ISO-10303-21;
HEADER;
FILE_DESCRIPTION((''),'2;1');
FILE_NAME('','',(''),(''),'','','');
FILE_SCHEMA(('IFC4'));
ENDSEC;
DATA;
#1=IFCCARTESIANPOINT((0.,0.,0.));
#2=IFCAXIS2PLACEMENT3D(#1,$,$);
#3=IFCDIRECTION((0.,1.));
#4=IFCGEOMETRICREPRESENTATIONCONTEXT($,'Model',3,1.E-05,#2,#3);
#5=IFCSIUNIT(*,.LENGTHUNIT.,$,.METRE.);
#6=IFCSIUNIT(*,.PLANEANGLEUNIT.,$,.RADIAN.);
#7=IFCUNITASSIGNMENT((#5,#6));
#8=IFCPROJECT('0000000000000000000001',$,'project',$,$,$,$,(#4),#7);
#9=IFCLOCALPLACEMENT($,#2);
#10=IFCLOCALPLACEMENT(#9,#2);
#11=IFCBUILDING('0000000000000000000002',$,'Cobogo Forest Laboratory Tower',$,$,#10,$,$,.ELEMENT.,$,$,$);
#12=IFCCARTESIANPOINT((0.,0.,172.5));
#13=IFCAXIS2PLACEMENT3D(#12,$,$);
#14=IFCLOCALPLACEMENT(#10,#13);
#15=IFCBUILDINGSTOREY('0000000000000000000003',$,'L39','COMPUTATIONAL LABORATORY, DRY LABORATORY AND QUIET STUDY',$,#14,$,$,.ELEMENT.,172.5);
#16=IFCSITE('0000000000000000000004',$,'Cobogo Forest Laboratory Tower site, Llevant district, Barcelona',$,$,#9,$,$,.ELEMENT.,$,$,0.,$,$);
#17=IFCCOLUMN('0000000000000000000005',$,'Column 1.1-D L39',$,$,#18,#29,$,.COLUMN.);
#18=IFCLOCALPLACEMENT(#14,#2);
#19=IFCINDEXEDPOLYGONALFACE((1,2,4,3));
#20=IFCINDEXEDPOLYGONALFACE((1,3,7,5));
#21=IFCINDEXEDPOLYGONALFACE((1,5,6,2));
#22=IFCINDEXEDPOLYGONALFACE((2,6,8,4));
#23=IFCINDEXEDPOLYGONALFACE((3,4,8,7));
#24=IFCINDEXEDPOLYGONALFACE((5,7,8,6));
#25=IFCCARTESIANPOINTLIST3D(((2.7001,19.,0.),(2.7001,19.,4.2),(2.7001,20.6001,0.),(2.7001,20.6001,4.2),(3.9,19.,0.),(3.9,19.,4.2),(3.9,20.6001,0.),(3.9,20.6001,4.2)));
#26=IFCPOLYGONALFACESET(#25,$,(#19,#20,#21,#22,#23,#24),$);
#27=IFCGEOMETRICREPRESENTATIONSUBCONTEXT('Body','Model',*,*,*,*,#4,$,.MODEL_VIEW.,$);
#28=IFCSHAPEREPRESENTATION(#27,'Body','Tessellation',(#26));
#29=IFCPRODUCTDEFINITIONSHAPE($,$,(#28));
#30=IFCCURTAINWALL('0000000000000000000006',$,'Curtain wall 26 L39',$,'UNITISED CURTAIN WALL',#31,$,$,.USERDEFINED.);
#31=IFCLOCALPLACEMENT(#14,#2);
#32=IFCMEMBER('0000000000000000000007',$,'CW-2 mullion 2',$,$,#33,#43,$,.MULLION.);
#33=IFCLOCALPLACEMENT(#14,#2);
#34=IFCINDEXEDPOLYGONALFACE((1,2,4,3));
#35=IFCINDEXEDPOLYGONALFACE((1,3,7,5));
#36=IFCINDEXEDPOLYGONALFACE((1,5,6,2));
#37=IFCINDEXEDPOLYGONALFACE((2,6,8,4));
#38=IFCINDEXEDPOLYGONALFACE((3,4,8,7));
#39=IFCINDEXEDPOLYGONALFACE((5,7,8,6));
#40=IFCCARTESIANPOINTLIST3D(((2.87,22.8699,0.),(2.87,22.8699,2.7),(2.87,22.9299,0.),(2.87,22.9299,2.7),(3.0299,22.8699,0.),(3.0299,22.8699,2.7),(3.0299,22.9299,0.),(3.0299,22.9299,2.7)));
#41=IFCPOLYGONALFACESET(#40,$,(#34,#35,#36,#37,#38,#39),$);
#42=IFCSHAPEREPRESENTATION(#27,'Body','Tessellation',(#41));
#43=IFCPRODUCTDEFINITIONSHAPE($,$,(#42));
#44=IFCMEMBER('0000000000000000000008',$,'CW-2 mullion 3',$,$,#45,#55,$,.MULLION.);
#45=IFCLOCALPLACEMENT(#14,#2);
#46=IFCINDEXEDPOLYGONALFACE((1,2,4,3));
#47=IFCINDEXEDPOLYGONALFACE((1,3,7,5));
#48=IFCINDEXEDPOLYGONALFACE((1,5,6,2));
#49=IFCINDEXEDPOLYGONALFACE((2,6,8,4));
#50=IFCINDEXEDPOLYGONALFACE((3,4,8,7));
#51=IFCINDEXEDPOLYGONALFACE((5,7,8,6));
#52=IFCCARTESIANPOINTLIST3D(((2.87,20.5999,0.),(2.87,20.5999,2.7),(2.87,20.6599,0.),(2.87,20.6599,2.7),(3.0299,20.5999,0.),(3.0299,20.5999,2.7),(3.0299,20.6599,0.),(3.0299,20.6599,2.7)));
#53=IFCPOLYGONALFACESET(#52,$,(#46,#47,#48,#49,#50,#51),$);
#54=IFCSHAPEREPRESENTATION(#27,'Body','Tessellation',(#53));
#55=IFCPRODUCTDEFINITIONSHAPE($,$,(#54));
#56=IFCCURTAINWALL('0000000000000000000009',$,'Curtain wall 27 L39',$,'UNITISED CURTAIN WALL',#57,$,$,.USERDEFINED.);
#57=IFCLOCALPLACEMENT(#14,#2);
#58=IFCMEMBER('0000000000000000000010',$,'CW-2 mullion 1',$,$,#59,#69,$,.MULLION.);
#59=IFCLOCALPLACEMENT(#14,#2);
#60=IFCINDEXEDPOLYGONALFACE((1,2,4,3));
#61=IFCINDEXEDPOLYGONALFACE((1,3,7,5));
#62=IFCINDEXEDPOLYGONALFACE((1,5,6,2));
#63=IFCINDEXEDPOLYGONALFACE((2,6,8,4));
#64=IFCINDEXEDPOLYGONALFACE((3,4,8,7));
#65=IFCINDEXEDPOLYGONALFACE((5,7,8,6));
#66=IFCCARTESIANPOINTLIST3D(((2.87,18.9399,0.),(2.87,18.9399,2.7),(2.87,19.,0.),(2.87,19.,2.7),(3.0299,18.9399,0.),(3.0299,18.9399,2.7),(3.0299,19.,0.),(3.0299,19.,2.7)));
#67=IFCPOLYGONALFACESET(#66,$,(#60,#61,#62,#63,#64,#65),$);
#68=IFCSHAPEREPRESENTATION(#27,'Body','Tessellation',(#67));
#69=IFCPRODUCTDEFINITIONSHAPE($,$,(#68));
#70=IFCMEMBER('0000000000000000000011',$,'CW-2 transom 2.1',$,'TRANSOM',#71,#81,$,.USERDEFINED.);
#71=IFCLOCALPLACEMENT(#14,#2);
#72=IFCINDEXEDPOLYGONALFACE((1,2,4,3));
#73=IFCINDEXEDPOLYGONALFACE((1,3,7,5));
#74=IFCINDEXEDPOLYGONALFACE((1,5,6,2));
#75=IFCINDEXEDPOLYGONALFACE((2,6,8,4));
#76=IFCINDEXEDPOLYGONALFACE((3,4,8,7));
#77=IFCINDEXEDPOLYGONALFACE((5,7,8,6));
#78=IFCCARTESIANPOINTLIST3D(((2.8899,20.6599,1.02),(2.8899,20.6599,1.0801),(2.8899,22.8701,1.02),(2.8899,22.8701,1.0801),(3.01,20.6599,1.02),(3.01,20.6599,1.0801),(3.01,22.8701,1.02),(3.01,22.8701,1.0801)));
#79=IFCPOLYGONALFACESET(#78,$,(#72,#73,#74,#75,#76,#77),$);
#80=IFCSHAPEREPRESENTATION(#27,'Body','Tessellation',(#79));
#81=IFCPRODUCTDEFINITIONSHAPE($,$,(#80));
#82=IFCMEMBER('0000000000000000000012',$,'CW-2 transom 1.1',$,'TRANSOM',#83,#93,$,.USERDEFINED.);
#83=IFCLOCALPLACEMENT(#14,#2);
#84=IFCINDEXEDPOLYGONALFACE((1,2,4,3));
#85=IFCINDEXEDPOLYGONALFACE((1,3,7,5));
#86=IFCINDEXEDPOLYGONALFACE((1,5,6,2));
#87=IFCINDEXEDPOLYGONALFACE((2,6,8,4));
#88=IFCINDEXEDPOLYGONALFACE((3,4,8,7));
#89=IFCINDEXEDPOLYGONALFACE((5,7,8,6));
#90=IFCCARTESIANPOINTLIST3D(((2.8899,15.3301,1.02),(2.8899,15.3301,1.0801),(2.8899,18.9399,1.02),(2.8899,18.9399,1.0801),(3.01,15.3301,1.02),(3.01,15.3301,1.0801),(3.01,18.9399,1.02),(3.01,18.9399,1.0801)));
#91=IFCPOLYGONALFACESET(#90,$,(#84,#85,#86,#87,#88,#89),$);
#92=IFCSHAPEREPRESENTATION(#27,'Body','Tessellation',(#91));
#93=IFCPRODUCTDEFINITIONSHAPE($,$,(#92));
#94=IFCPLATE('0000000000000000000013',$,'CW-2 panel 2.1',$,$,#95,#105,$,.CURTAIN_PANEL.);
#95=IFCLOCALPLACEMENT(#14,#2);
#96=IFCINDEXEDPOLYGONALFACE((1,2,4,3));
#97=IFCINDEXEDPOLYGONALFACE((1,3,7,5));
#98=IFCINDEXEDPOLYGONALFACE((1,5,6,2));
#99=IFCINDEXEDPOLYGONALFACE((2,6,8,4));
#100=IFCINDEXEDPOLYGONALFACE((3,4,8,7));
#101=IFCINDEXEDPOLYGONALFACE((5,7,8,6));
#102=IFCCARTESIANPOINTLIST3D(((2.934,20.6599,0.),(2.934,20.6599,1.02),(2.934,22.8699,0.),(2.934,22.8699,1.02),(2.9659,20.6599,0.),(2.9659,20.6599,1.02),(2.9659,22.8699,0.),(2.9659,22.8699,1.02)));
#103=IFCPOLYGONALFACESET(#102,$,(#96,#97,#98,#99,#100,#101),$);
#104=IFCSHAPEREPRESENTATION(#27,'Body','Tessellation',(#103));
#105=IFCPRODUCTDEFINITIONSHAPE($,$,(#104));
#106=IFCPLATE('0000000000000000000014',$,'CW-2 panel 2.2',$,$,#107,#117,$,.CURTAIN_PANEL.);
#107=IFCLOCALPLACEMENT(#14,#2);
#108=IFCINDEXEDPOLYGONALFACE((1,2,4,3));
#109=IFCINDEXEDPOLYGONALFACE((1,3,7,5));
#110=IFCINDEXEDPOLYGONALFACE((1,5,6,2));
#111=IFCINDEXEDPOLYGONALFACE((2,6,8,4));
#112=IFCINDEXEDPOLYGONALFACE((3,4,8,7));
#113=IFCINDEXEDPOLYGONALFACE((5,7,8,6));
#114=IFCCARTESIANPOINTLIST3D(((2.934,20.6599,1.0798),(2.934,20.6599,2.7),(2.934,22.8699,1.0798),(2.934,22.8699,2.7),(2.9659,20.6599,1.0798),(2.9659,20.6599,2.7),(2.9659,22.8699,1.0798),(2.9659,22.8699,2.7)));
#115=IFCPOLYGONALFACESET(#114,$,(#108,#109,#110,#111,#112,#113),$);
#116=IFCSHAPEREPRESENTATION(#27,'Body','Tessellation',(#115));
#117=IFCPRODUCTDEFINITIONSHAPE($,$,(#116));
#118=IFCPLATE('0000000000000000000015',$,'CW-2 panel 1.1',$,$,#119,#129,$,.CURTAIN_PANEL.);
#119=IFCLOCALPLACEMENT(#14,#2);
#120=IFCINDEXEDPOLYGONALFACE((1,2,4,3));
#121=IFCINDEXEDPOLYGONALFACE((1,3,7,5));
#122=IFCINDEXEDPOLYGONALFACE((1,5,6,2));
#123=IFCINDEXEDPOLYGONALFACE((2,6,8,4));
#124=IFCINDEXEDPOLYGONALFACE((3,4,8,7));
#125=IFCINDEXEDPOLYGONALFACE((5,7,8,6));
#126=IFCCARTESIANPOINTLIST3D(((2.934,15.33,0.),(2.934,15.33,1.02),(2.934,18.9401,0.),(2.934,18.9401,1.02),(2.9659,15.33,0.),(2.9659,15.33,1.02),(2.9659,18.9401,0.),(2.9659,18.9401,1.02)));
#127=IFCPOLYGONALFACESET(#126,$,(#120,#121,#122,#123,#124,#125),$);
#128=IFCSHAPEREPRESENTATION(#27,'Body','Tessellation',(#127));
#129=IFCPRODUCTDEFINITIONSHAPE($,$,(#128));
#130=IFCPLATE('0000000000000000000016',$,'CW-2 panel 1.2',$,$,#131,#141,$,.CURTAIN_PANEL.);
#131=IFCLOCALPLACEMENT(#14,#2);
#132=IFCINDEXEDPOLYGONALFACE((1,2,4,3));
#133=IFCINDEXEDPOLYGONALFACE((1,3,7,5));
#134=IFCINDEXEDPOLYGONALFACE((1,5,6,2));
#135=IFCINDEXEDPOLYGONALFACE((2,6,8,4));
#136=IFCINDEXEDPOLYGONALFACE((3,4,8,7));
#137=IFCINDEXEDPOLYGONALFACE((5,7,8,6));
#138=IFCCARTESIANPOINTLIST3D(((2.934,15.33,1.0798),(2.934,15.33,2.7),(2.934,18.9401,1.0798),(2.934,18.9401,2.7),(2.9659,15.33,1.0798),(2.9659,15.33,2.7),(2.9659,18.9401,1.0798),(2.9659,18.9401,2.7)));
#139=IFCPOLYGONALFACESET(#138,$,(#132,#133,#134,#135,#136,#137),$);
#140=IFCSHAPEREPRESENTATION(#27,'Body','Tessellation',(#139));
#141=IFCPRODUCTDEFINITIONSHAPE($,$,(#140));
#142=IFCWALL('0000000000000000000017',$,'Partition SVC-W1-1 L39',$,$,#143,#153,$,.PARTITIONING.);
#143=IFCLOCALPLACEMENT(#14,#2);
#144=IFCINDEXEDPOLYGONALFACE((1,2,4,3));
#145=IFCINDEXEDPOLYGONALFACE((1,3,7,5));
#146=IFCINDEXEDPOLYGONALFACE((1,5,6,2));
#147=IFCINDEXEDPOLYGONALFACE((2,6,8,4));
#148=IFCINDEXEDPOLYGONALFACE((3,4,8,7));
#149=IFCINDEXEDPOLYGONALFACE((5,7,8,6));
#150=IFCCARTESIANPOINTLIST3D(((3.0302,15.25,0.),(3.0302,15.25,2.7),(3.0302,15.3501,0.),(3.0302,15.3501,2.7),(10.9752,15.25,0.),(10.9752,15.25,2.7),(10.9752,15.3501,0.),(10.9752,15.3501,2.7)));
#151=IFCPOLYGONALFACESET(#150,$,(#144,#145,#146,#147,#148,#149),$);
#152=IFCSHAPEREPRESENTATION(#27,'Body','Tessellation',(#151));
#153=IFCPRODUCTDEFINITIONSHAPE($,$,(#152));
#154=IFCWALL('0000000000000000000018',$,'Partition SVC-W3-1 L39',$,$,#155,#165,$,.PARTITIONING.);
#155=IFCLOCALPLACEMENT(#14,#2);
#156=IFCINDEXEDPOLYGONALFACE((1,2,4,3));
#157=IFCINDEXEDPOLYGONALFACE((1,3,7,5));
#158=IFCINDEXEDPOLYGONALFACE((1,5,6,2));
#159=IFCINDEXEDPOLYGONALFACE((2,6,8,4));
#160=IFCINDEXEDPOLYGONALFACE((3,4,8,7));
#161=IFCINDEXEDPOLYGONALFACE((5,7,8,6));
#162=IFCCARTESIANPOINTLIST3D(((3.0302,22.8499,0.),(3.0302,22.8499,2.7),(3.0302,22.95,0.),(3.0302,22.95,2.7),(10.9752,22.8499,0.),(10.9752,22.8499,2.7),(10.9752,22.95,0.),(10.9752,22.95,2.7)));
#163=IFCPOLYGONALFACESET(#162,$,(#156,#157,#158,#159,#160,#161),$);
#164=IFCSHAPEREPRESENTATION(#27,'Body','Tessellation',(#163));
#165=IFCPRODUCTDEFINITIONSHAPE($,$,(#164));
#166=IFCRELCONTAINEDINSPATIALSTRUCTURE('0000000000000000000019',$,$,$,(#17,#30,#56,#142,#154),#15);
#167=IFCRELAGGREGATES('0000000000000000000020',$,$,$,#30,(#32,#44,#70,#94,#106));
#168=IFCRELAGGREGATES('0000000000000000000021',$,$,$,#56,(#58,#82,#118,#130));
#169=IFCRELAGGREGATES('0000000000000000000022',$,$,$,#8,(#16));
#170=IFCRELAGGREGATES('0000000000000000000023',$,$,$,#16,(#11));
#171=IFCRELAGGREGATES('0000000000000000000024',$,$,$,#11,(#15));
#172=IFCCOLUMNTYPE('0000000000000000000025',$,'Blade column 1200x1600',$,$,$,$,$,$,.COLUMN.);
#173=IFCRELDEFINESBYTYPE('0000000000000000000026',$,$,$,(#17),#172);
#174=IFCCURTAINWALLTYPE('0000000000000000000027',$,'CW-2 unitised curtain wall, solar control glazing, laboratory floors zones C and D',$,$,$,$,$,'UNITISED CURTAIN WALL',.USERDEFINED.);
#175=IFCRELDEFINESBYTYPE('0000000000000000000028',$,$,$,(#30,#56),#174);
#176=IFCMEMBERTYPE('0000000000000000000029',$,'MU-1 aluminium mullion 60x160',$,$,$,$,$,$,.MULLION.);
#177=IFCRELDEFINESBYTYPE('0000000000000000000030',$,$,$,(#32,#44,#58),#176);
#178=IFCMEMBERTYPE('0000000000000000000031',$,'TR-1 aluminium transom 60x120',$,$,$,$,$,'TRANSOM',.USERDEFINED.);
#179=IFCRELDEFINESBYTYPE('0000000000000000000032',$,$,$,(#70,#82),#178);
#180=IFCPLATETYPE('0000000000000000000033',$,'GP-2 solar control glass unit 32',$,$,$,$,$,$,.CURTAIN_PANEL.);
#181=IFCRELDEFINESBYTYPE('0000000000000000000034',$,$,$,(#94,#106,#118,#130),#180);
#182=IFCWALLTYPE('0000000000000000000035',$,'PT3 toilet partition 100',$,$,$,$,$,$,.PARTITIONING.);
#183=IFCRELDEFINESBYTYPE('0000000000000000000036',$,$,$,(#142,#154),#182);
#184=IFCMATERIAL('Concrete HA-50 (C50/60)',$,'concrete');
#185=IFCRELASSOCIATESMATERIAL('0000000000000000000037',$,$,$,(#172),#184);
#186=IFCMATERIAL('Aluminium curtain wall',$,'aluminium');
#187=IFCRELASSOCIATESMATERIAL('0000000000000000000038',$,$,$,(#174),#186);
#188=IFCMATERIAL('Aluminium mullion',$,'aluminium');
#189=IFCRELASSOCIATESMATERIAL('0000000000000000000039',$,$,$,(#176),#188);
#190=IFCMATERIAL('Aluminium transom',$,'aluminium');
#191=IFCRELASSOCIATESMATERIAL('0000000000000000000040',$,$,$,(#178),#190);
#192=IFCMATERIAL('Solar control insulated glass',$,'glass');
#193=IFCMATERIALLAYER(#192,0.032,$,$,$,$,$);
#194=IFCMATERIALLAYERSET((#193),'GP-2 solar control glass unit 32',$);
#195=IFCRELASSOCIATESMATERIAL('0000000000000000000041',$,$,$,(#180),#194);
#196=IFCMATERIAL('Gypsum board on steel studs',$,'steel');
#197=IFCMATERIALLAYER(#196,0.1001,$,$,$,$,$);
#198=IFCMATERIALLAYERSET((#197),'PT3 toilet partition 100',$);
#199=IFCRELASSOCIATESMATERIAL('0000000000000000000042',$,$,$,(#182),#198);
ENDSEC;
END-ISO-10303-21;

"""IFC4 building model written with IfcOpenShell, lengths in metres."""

from ifc_helpers import new_model, si_unit, direction, frame, frame_2d, origin, origin_2d, place, context, subcontext, project, spatial, rectangle, extrude, material, layer, layer_set, material_profile, profile_set, type_object, element, aggregate, save


model = new_model("IFC4")

# Units and contexts
model_context = context("Model", 3, precision=1e-05, world=origin(), true_north=direction((0.0, 1.0)))
body_context = subcontext(model_context, "Body", "Model", "MODEL_VIEW")
ifc_project = project(units=[si_unit("LENGTHUNIT", "METRE"), si_unit("PLANEANGLEUNIT", "RADIAN")], contexts=[model_context])

# Site, building, storey
site_placement = place(None, origin())
site = spatial("IfcSite", under=ifc_project, at=site_placement, Name="Cobogo Forest Laboratory Tower site, Llevant district, Barcelona", CompositionType="ELEMENT", RefElevation=0.0)
building_placement = place(site_placement, origin())
building = spatial("IfcBuilding", under=site, at=building_placement, Name="Cobogo Forest Laboratory Tower", CompositionType="ELEMENT")
storey_placement = place(building_placement, frame((0.0, 0.0, 172.5)))
storey = spatial("IfcBuildingStorey", under=building, at=storey_placement, Name="L39", Description="COMPUTATIONAL LABORATORY, DRY LABORATORY AND QUIET STUDY", CompositionType="ELEMENT", Elevation=172.5)

# Column
ifc_material_1 = material(Name="Concrete HA-50 (C50/60)", Category="concrete")
ifc_material_profile_1 = material_profile(ifc_material_1, rectangle(XDim=1.6001, YDim=1.2, at=origin_2d()), Name="RC 1200x1600")
ifc_profile_set_1 = profile_set([ifc_material_profile_1], Name="Concrete HA-50 (C50/60)")
column_type = type_object("IfcColumnType", Name="Blade column 1200x1600", PredefinedType="COLUMN", material=ifc_profile_set_1)
column_placement = place(storey_placement, frame((3.3, 19.8, 0.0), z_axis=(0.0, 0.0, 1.0), x_axis=(0.0, 1.0, 0.0)))
element("IfcColumn", 1, at=column_placement, inside=storey, type_object=column_type, Name="Column 1.1-D L39", PredefinedType="COLUMN", context=body_context, shape_type="SweptSolid", body=[
    extrude(rectangle(XDim=1.6001, YDim=1.2, at=origin_2d()), origin(), (0.0, 0.0, 1.0), 4.2),
])

# Curtain wall, members
ifc_material_2 = material(Name="Aluminium curtain wall", Category="aluminium")
curtain_wall_type = type_object("IfcCurtainWallType", Name="CW-2 unitised curtain wall, solar control glazing, laboratory floors zones C and D", ElementType="UNITISED CURTAIN WALL", PredefinedType="USERDEFINED", material=ifc_material_2)
curtain_wall_1_placement = place(storey_placement, origin())
curtain_wall_1 = element("IfcCurtainWall", 2, at=curtain_wall_1_placement, inside=storey, type_object=curtain_wall_type, Name="Curtain wall 26 L39", ObjectType="UNITISED CURTAIN WALL", PredefinedType="USERDEFINED")
ifc_material_3 = material(Name="Aluminium mullion", Category="aluminium")
ifc_material_profile_2 = material_profile(ifc_material_3, rectangle(XDim=0.0601, YDim=0.1599, at=origin_2d()), Name="AL 60x160")
ifc_profile_set_2 = profile_set([ifc_material_profile_2], Name="Aluminium mullion")
member_type_1 = type_object("IfcMemberType", Name="MU-1 aluminium mullion 60x160", PredefinedType="MULLION", material=ifc_profile_set_2)
member_1_placement = place(storey_placement, frame((2.95, 22.8999, 0.0), z_axis=(0.0, 0.0, 1.0), x_axis=(0.0, -1.0, 0.0)))
member_1 = element("IfcMember", 3, at=member_1_placement, type_object=member_type_1, Name="CW-2 mullion 2", PredefinedType="MULLION", context=body_context, shape_type="SweptSolid", body=[
    extrude(rectangle(XDim=0.0601, YDim=0.1599, at=origin_2d()), origin(), (0.0, 0.0, 1.0), 2.7),
])
member_2_placement = place(storey_placement, frame((2.95, 20.6299, 0.0), z_axis=(0.0, 0.0, 1.0), x_axis=(0.0, -1.0, 0.0)))
member_2 = element("IfcMember", 4, at=member_2_placement, type_object=member_type_1, Name="CW-2 mullion 3", PredefinedType="MULLION", context=body_context, shape_type="SweptSolid", body=[
    extrude(rectangle(XDim=0.0601, YDim=0.1599, at=origin_2d()), origin(), (0.0, 0.0, 1.0), 2.7),
])

# Curtain wall, member
curtain_wall_2_placement = place(storey_placement, origin())
curtain_wall_2 = element("IfcCurtainWall", 5, at=curtain_wall_2_placement, inside=storey, type_object=curtain_wall_type, Name="Curtain wall 27 L39", ObjectType="UNITISED CURTAIN WALL", PredefinedType="USERDEFINED")
member_3_placement = place(storey_placement, frame((2.95, 18.97, 0.0), z_axis=(0.0, 0.0, 1.0), x_axis=(0.0, -1.0, 0.0)))
member_3 = element("IfcMember", 6, at=member_3_placement, type_object=member_type_1, Name="CW-2 mullion 1", PredefinedType="MULLION", context=body_context, shape_type="SweptSolid", body=[
    extrude(rectangle(XDim=0.0601, YDim=0.1599, at=origin_2d()), origin(), (0.0, 0.0, 1.0), 2.7),
])

# Members
ifc_material_4 = material(Name="Aluminium transom", Category="aluminium")
ifc_material_profile_3 = material_profile(ifc_material_4, rectangle(XDim=0.1201, YDim=0.0601, at=origin_2d()), Name="AL 60x120")
ifc_profile_set_3 = profile_set([ifc_material_profile_3], Name="Aluminium transom")
member_type_2 = type_object("IfcMemberType", Name="TR-1 aluminium transom 60x120", ElementType="TRANSOM", PredefinedType="USERDEFINED", material=ifc_profile_set_3)
member_4_placement = place(storey_placement, frame((2.95, 22.8701, 1.05), z_axis=(0.0, -1.0, 0.0), x_axis=(1.0, 0.0, 0.0)))
member_4 = element("IfcMember", 7, at=member_4_placement, type_object=member_type_2, Name="CW-2 transom 2.1", ObjectType="TRANSOM", PredefinedType="USERDEFINED", context=body_context, shape_type="SweptSolid", body=[
    extrude(rectangle(XDim=0.1201, YDim=0.0601, at=origin_2d()), origin(), (0.0, 0.0, 1.0), 2.2102),
])
member_5_placement = place(storey_placement, frame((2.95, 18.9399, 1.05), z_axis=(0.0, -1.0, 0.0), x_axis=(1.0, 0.0, 0.0)))
member_5 = element("IfcMember", 8, at=member_5_placement, type_object=member_type_2, Name="CW-2 transom 1.1", ObjectType="TRANSOM", PredefinedType="USERDEFINED", context=body_context, shape_type="SweptSolid", body=[
    extrude(rectangle(XDim=0.1201, YDim=0.0601, at=origin_2d()), origin(), (0.0, 0.0, 1.0), 3.6099),
])

# Plates
ifc_material_5 = material(Name="Solar control insulated glass", Category="glass")
ifc_layer_1 = layer(ifc_material_5, 0.032)
ifc_layer_set_1 = layer_set([ifc_layer_1], Name="GP-2 solar control glass unit 32")
plate_type_1 = type_object("IfcPlateType", Name="GP-2 solar control glass unit 32", PredefinedType="CURTAIN_PANEL", material=ifc_layer_set_1)
plate_1_placement = place(storey_placement, frame((2.95, 21.7649, 0.0), z_axis=(0.0, 0.0, 1.0), x_axis=(0.0, -1.0, 0.0)))
plate_1 = element("IfcPlate", 9, at=plate_1_placement, type_object=plate_type_1, Name="CW-2 panel 2.1", PredefinedType="CURTAIN_PANEL", context=body_context, shape_type="SweptSolid", body=[
    extrude(rectangle(XDim=2.21, YDim=0.032, at=origin_2d()), origin(), (0.0, 0.0, 1.0), 1.02),
])
plate_2_placement = place(storey_placement, frame((2.95, 21.7649, 1.0798), z_axis=(0.0, 0.0, 1.0), x_axis=(0.0, -1.0, 0.0)))
plate_2 = element("IfcPlate", 10, at=plate_2_placement, type_object=plate_type_1, Name="CW-2 panel 2.2", PredefinedType="CURTAIN_PANEL", context=body_context, shape_type="SweptSolid", body=[
    extrude(rectangle(XDim=2.21, YDim=0.032, at=origin_2d()), origin(), (0.0, 0.0, 1.0), 1.6201),
])
aggregate(curtain_wall_1, [member_1, member_2, member_4, plate_1, plate_2])
plate_3_placement = place(storey_placement, frame((2.95, 17.135, 0.0), z_axis=(0.0, 0.0, 1.0), x_axis=(0.0, -1.0, 0.0)))
plate_3 = element("IfcPlate", 11, at=plate_3_placement, type_object=plate_type_1, Name="CW-2 panel 1.1", PredefinedType="CURTAIN_PANEL", context=body_context, shape_type="SweptSolid", body=[
    extrude(rectangle(XDim=3.6101, YDim=0.032, at=origin_2d()), origin(), (0.0, 0.0, 1.0), 1.02),
])
plate_4_placement = place(storey_placement, frame((2.95, 17.135, 1.0798), z_axis=(0.0, 0.0, 1.0), x_axis=(0.0, -1.0, 0.0)))
plate_4 = element("IfcPlate", 12, at=plate_4_placement, type_object=plate_type_1, Name="CW-2 panel 1.2", PredefinedType="CURTAIN_PANEL", context=body_context, shape_type="SweptSolid", body=[
    extrude(rectangle(XDim=3.6101, YDim=0.032, at=origin_2d()), origin(), (0.0, 0.0, 1.0), 1.6201),
])
aggregate(curtain_wall_2, [member_3, member_5, plate_3, plate_4])

# Walls
ifc_material_6 = material(Name="Gypsum board on steel studs", Category="steel")
ifc_layer_2 = layer(ifc_material_6, 0.1001)
ifc_layer_set_2 = layer_set([ifc_layer_2], Name="PT3 toilet partition 100")
wall_type = type_object("IfcWallType", Name="PT3 toilet partition 100", PredefinedType="PARTITIONING", material=ifc_layer_set_2)
for number, where, z_axis, x_axis, name in (
    (13, (3.03, 15.3, 0.0), (0.0, 0.0, 1.0), (1.0, 0.0, 0.0), "Partition SVC-W1-1 L39"),
    (14, (3.03, 22.8999, 0.0), (0.0, 0.0, 1.0), (1.0, 0.0, 0.0), "Partition SVC-W3-1 L39"),
):
    element("IfcWall", number, at=place(storey_placement, frame(where, z_axis=z_axis, x_axis=x_axis)), inside=storey, type_object=wall_type, Name=name, PredefinedType="PARTITIONING", context=body_context, shape_type="SweptSolid", body=[
        extrude(rectangle(XDim=7.9451, YDim=0.1001, at=frame_2d((3.9727, 0.0))), origin(), (0.0, 0.0, 1.0), 2.7),
    ])

save(model, "model.ifc")
